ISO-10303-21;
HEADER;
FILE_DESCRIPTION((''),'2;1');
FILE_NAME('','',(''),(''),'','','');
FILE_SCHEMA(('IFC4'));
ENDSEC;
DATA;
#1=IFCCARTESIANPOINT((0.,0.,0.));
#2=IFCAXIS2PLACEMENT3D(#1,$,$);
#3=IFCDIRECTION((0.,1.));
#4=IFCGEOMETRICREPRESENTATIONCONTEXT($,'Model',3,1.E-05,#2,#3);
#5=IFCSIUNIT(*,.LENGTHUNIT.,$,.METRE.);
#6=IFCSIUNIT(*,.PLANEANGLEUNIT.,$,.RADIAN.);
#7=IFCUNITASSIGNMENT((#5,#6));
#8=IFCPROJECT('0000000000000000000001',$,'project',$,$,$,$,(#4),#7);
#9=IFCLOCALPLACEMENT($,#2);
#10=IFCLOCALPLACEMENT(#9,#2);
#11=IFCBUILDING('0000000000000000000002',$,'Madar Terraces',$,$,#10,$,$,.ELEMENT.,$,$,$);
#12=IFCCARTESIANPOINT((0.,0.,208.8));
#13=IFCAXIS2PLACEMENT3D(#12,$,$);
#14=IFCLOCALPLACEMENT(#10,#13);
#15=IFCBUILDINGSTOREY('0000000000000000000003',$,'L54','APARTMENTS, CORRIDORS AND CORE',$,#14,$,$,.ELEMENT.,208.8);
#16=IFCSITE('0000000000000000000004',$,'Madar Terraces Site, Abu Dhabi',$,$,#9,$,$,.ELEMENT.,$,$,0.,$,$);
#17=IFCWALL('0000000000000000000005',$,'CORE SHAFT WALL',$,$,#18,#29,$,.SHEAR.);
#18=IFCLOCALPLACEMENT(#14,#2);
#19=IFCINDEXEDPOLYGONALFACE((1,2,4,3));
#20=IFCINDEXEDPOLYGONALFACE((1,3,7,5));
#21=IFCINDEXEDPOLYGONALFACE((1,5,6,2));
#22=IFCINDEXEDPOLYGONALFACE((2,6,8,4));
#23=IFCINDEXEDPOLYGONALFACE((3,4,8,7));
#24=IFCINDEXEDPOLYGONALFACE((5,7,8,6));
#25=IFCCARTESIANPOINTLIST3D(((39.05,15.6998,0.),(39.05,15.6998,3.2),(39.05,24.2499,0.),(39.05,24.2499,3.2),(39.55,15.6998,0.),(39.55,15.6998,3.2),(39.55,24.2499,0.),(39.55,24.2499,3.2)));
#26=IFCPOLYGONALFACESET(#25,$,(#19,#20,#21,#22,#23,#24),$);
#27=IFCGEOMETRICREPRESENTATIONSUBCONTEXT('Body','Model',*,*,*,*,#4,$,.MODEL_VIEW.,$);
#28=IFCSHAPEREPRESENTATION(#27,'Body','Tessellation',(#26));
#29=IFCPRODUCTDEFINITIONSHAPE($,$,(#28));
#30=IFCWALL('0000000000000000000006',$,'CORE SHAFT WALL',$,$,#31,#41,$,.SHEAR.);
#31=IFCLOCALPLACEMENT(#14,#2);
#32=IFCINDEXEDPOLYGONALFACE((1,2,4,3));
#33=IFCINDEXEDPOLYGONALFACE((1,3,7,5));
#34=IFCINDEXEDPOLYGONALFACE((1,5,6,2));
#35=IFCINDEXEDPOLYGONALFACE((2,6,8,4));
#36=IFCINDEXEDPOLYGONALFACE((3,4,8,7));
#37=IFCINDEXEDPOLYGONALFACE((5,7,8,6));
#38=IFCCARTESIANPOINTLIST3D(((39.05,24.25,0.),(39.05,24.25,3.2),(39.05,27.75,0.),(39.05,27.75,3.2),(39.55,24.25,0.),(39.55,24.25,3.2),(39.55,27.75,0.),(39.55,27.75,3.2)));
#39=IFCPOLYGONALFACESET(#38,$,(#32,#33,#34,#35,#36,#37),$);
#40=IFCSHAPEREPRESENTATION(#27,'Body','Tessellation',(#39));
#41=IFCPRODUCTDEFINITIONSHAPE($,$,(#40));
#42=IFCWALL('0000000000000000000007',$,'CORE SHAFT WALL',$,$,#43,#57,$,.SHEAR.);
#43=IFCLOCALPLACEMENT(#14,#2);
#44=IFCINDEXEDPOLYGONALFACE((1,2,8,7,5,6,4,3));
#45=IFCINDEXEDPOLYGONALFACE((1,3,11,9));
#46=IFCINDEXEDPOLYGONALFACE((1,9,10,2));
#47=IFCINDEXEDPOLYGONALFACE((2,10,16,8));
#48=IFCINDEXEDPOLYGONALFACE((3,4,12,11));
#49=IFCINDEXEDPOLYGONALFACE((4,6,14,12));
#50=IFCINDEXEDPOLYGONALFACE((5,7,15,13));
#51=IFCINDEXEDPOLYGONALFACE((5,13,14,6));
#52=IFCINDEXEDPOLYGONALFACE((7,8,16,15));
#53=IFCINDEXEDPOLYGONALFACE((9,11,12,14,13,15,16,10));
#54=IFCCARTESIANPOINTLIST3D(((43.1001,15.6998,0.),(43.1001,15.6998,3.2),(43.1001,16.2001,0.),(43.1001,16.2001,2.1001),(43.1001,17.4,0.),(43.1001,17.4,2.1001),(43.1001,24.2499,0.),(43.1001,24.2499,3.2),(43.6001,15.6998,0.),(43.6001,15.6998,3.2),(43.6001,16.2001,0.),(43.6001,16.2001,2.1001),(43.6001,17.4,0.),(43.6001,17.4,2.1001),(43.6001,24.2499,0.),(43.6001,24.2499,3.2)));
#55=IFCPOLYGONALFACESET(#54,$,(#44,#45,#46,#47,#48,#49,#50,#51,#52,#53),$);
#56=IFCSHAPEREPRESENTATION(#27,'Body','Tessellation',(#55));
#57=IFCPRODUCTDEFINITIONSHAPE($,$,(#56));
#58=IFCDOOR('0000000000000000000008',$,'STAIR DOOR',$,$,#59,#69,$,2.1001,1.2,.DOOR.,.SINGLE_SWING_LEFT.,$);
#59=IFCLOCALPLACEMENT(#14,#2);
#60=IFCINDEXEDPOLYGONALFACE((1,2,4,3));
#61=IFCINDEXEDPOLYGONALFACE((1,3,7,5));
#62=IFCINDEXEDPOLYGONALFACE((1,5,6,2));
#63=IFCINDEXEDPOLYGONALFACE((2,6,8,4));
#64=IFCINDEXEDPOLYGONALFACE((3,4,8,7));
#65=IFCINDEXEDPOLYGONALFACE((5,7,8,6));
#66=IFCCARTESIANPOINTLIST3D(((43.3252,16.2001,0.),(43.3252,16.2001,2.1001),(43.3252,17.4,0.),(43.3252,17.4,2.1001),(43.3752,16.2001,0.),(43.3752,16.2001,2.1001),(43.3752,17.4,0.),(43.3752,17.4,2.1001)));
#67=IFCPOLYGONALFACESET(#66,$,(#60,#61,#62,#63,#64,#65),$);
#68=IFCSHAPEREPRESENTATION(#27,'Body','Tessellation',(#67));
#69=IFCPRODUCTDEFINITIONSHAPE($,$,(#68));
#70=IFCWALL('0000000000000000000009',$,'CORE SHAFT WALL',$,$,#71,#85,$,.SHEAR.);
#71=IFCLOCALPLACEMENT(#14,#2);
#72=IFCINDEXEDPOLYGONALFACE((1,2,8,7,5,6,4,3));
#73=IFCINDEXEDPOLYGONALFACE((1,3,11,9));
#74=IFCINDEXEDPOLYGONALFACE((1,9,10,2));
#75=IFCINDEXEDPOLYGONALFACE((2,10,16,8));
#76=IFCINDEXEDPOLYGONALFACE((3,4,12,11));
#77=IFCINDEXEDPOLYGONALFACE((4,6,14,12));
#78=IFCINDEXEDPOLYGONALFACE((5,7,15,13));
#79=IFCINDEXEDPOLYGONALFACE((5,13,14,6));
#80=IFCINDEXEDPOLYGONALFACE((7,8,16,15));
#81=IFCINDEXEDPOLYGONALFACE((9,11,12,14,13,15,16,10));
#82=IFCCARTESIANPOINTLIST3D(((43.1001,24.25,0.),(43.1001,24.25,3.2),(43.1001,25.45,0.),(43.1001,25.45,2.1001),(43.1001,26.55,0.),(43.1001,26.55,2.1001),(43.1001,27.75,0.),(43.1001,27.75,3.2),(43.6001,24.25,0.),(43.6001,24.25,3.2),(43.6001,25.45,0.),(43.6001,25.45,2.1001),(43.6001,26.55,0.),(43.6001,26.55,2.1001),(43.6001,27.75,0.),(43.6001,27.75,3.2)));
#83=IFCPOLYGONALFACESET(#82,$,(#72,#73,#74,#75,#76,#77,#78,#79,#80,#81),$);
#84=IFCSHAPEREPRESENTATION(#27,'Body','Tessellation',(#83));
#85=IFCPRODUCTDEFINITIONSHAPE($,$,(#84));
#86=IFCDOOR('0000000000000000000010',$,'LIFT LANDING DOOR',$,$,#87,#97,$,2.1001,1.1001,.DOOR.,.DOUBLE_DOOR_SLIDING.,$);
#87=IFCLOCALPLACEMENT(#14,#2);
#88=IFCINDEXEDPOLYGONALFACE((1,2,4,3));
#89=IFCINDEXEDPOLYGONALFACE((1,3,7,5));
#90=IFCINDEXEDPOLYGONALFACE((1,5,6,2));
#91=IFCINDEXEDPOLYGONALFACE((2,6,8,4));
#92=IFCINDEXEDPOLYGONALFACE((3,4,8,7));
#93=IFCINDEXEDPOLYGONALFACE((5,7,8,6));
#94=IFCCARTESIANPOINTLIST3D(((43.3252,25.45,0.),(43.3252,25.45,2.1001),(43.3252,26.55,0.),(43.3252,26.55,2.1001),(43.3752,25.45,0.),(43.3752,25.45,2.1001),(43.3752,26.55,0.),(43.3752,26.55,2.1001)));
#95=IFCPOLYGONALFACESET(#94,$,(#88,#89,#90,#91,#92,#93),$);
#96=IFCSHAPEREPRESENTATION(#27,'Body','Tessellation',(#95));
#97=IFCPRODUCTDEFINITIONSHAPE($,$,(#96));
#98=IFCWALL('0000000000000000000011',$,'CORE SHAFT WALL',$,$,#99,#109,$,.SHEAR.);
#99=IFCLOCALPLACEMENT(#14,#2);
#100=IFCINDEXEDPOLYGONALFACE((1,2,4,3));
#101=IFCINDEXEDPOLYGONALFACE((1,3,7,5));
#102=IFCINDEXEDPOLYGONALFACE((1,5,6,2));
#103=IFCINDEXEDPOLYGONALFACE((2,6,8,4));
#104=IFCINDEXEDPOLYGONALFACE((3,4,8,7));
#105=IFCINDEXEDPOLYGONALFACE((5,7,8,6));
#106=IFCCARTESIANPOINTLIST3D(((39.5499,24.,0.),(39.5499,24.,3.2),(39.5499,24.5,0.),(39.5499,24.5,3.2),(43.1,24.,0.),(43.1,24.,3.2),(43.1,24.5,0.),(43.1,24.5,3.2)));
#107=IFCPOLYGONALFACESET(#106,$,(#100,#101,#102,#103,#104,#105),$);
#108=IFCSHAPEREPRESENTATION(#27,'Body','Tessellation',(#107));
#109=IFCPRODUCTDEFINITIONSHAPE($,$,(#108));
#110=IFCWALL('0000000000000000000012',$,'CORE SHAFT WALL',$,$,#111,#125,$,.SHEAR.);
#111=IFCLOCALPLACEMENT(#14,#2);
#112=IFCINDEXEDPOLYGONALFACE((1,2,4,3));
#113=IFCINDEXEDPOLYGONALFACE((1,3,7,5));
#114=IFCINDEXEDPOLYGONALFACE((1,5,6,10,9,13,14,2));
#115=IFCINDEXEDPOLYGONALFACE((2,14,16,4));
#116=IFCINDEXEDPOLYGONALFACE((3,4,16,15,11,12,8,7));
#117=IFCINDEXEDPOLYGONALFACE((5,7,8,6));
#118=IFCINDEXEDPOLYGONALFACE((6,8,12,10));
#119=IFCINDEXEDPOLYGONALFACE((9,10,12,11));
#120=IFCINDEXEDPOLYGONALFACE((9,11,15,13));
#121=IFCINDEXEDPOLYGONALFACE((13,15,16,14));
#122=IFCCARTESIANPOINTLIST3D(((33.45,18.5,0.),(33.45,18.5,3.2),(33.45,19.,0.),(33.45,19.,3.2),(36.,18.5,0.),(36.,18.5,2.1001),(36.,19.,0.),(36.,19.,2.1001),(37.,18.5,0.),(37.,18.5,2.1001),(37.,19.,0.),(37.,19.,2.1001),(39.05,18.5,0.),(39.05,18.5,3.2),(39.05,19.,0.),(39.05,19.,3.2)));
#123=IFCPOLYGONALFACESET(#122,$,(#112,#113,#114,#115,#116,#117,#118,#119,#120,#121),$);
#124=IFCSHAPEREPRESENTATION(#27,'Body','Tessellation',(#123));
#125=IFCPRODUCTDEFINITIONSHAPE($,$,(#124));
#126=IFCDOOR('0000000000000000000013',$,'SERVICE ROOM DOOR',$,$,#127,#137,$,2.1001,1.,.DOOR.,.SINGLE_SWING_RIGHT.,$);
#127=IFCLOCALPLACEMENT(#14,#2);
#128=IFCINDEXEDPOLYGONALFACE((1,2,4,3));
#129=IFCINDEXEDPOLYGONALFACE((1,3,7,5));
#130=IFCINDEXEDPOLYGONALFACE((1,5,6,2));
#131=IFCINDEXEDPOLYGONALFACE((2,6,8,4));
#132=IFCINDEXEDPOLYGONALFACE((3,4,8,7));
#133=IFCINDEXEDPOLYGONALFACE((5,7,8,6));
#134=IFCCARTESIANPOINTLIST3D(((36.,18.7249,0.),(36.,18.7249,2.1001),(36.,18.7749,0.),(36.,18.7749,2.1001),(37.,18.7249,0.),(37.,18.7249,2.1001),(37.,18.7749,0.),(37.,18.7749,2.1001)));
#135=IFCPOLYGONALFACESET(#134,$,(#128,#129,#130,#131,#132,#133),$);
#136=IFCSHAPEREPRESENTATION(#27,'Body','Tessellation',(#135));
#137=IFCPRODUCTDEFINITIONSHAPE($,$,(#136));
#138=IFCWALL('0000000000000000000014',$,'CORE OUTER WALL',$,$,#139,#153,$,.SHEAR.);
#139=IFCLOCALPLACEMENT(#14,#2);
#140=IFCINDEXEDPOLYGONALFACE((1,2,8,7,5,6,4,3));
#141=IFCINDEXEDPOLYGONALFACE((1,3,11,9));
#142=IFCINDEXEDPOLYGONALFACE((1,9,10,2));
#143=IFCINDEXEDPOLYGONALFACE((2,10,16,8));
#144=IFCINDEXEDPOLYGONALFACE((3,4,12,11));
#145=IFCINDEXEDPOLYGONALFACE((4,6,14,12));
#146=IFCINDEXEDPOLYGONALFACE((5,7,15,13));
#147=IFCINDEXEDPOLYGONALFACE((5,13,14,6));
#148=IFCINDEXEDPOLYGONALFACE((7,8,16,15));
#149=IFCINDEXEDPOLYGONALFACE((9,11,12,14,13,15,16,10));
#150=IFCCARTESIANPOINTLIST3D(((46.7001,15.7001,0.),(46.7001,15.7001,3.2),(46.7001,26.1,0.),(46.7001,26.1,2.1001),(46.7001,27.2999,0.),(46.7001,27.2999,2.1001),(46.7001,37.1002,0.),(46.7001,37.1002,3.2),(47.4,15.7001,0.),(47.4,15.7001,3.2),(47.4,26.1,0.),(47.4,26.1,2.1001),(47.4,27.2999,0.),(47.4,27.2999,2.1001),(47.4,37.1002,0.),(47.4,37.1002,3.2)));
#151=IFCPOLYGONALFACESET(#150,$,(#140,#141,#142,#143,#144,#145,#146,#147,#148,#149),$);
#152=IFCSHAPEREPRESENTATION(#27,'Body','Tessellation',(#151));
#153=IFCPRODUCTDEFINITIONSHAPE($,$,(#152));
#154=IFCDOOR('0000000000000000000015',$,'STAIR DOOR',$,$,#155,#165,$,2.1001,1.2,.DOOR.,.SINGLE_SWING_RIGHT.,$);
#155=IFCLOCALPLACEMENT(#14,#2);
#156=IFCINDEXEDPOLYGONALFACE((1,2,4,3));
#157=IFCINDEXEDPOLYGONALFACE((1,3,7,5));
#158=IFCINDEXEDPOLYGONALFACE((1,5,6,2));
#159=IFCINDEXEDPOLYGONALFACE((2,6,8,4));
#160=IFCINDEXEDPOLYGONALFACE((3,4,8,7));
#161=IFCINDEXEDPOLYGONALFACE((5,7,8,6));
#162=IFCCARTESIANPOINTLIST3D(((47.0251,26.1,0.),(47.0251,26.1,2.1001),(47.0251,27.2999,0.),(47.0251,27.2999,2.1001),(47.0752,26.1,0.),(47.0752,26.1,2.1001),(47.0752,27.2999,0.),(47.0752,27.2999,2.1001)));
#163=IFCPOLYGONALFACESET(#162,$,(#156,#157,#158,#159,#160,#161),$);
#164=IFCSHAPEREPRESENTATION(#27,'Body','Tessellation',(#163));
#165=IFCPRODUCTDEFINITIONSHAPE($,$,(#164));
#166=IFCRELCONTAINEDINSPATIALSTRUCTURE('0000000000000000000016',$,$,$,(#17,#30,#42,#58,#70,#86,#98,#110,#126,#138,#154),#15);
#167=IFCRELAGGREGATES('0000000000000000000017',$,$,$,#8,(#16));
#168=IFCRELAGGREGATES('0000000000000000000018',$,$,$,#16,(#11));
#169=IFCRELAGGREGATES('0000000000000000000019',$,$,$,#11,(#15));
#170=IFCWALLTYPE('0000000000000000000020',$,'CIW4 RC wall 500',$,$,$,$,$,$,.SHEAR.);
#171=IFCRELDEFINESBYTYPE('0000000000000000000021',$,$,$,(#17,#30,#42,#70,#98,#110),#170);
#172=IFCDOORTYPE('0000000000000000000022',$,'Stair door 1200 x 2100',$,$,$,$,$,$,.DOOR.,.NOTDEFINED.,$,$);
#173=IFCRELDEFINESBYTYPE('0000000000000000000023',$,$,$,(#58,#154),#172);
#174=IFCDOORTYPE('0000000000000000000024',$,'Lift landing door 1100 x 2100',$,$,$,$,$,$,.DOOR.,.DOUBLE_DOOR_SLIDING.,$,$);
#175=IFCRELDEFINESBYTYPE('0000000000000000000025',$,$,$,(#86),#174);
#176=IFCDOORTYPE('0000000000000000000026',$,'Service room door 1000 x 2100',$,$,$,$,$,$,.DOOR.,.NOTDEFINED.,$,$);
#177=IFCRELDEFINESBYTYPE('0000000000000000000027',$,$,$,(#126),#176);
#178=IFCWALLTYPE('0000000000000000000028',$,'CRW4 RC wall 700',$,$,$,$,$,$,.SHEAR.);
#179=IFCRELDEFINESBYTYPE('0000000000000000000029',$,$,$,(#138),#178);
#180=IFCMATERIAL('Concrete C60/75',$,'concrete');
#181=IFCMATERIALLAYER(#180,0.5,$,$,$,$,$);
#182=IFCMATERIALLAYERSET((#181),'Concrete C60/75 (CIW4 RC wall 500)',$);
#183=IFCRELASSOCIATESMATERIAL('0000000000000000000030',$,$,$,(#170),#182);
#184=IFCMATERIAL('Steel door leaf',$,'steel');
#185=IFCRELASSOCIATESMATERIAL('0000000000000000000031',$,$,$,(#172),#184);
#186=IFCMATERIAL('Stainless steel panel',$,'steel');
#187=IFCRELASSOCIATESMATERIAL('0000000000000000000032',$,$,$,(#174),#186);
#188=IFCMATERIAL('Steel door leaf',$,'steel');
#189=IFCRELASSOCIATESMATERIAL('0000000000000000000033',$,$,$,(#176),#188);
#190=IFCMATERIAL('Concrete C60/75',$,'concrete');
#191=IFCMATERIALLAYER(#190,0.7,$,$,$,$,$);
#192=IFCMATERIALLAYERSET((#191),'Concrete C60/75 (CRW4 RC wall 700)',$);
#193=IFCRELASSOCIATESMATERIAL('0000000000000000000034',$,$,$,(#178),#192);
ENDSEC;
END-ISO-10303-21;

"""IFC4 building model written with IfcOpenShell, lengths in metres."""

from ifc_helpers import new_model, si_unit, direction, frame, frame_2d, origin, place, context, subcontext, project, spatial, rectangle, extrude, material, layer, layer_set, type_object, element, fill, save


model = new_model("IFC4")

# Units and contexts
model_context = context("Model", 3, precision=1e-05, world=origin(), true_north=direction((0.0, 1.0)))
body_context = subcontext(model_context, "Body", "Model", "MODEL_VIEW")
ifc_project = project(units=[si_unit("LENGTHUNIT", "METRE"), si_unit("PLANEANGLEUNIT", "RADIAN")], contexts=[model_context])

# Site, building, storey
site_placement = place(None, origin())
site = spatial("IfcSite", under=ifc_project, at=site_placement, Name="Madar Terraces Site, Abu Dhabi", CompositionType="ELEMENT", RefElevation=0.0)
building_placement = place(site_placement, origin())
building = spatial("IfcBuilding", under=site, at=building_placement, Name="Madar Terraces", CompositionType="ELEMENT")
storey_placement = place(building_placement, frame((0.0, 0.0, 208.8)))
storey = spatial("IfcBuildingStorey", under=building, at=storey_placement, Name="L54", Description="APARTMENTS, CORRIDORS AND CORE", CompositionType="ELEMENT", Elevation=208.8)

# Walls
ifc_material_1 = material(Name="Concrete C60/75", Category="concrete")
ifc_layer_1 = layer(ifc_material_1, 0.5)
ifc_layer_set_1 = layer_set([ifc_layer_1], Name="Concrete C60/75 (CIW4 RC wall 500)")
wall_type_1 = type_object("IfcWallType", Name="CIW4 RC wall 500", PredefinedType="SHEAR", material=ifc_layer_set_1)
wall_1_placement = place(storey_placement, frame((39.3, 15.7, 0.0), z_axis=(0.0, 0.0, 1.0), x_axis=(0.0, 1.0, 0.0)))
element("IfcWall", 1, at=wall_1_placement, inside=storey, type_object=wall_type_1, Name="CORE SHAFT WALL", PredefinedType="SHEAR", context=body_context, shape_type="SweptSolid", body=[
    extrude(rectangle(XDim=8.55, YDim=0.5, at=frame_2d((4.2749, 0.0))), origin(), (0.0, 0.0, 1.0), 3.2),
])
wall_2_placement = place(storey_placement, frame((39.3, 24.25, 0.0), z_axis=(0.0, 0.0, 1.0), x_axis=(0.0, 1.0, 0.0)))
element("IfcWall", 2, at=wall_2_placement, inside=storey, type_object=wall_type_1, Name="CORE SHAFT WALL", PredefinedType="SHEAR", context=body_context, shape_type="SweptSolid", body=[
    extrude(rectangle(XDim=3.5, YDim=0.5, at=frame_2d((1.75, 0.0))), origin(), (0.0, 0.0, 1.0), 3.2),
])

# Walls, openings, doors
wall_3_placement = place(storey_placement, frame((43.3501, 15.7, 0.0), z_axis=(0.0, 0.0, 1.0), x_axis=(0.0, 1.0, 0.0)))
wall_3 = element("IfcWall", 3, at=wall_3_placement, inside=storey, type_object=wall_type_1, Name="CORE SHAFT WALL", PredefinedType="SHEAR", context=body_context, shape_type="SweptSolid", body=[
    extrude(rectangle(XDim=8.55, YDim=0.5, at=frame_2d((4.2749, 0.0))), origin(), (0.0, 0.0, 1.0), 3.2),
])
opening_1_placement = place(wall_3_placement, frame((0.5, 0.0, 0.0)))
opening_1 = element("IfcOpeningElement", 4, at=opening_1_placement, cuts=wall_3, PredefinedType="OPENING", context=body_context, shape_type="SweptSolid", body=[
    extrude(rectangle(XDim=1.2, YDim=2.1001, at=frame_2d((0.6001, 1.05))), frame((0.0, 0.26, 0.0), z_axis=(0.0, -1.0, 0.0), x_axis=(1.0, 0.0, 0.0)), (0.0, 0.0, 1.0), 0.52),
])
ifc_material_2 = material(Name="Steel door leaf", Category="steel")
door_type_1 = type_object("IfcDoorType", Name="Stair door 1200 x 2100", OperationType="NOTDEFINED", PredefinedType="DOOR", material=ifc_material_2)
door_1_placement = place(opening_1_placement, origin())
door_1 = element("IfcDoor", 5, at=door_1_placement, inside=storey, type_object=door_type_1, Name="STAIR DOOR", OperationType="SINGLE_SWING_LEFT", OverallHeight=2.1001, OverallWidth=1.2, PredefinedType="DOOR", context=body_context, shape_type="SweptSolid", body=[
    extrude(rectangle(XDim=1.2, YDim=2.1001, at=frame_2d((0.6001, 1.05))), frame((0.0, 0.0249, 0.0), z_axis=(0.0, -1.0, 0.0), x_axis=(1.0, 0.0, 0.0)), (0.0, 0.0, 1.0), 0.05),
])
fill(opening_1, door_1)
wall_4_placement = place(storey_placement, frame((43.3501, 24.25, 0.0), z_axis=(0.0, 0.0, 1.0), x_axis=(0.0, 1.0, 0.0)))
wall_4 = element("IfcWall", 6, at=wall_4_placement, inside=storey, type_object=wall_type_1, Name="CORE SHAFT WALL", PredefinedType="SHEAR", context=body_context, shape_type="SweptSolid", body=[
    extrude(rectangle(XDim=3.5, YDim=0.5, at=frame_2d((1.75, 0.0))), origin(), (0.0, 0.0, 1.0), 3.2),
])
opening_2_placement = place(wall_4_placement, frame((1.2, 0.0, 0.0)))
opening_2 = element("IfcOpeningElement", 7, at=opening_2_placement, cuts=wall_4, PredefinedType="OPENING", context=body_context, shape_type="SweptSolid", body=[
    extrude(rectangle(XDim=1.1001, YDim=2.1001, at=frame_2d((0.55, 1.05))), frame((0.0, 0.26, 0.0), z_axis=(0.0, -1.0, 0.0), x_axis=(1.0, 0.0, 0.0)), (0.0, 0.0, 1.0), 0.52),
])
ifc_material_3 = material(Name="Stainless steel panel", Category="steel")
door_type_2 = type_object("IfcDoorType", Name="Lift landing door 1100 x 2100", OperationType="DOUBLE_DOOR_SLIDING", PredefinedType="DOOR", material=ifc_material_3)
door_2_placement = place(opening_2_placement, origin())
door_2 = element("IfcDoor", 8, at=door_2_placement, inside=storey, type_object=door_type_2, Name="LIFT LANDING DOOR", OperationType="DOUBLE_DOOR_SLIDING", OverallHeight=2.1001, OverallWidth=1.1001, PredefinedType="DOOR", context=body_context, shape_type="SweptSolid", body=[
    extrude(rectangle(XDim=1.1001, YDim=2.1001, at=frame_2d((0.55, 1.05))), frame((0.0, 0.0249, 0.0), z_axis=(0.0, -1.0, 0.0), x_axis=(1.0, 0.0, 0.0)), (0.0, 0.0, 1.0), 0.05),
])
fill(opening_2, door_2)

# Wall
wall_5_placement = place(storey_placement, frame((39.55, 24.25, 0.0), z_axis=(0.0, 0.0, 1.0), x_axis=(1.0, 0.0, 0.0)))
element("IfcWall", 9, at=wall_5_placement, inside=storey, type_object=wall_type_1, Name="CORE SHAFT WALL", PredefinedType="SHEAR", context=body_context, shape_type="SweptSolid", body=[
    extrude(rectangle(XDim=3.55, YDim=0.5, at=frame_2d((1.7749, 0.0))), origin(), (0.0, 0.0, 1.0), 3.2),
])

# Walls, openings, doors
wall_6_placement = place(storey_placement, frame((33.45, 18.75, 0.0), z_axis=(0.0, 0.0, 1.0), x_axis=(1.0, 0.0, 0.0)))
wall_6 = element("IfcWall", 10, at=wall_6_placement, inside=storey, type_object=wall_type_1, Name="CORE SHAFT WALL", PredefinedType="SHEAR", context=body_context, shape_type="SweptSolid", body=[
    extrude(rectangle(XDim=5.6001, YDim=0.5, at=frame_2d((2.8, 0.0))), origin(), (0.0, 0.0, 1.0), 3.2),
])
opening_3_placement = place(wall_6_placement, frame((2.55, 0.0, 0.0)))
opening_3 = element("IfcOpeningElement", 11, at=opening_3_placement, cuts=wall_6, PredefinedType="OPENING", context=body_context, shape_type="SweptSolid", body=[
    extrude(rectangle(XDim=1.0, YDim=2.1001, at=frame_2d((0.5, 1.05))), frame((0.0, 0.26, 0.0), z_axis=(0.0, -1.0, 0.0), x_axis=(1.0, 0.0, 0.0)), (0.0, 0.0, 1.0), 0.52),
])
ifc_material_4 = material(Name="Steel door leaf", Category="steel")
door_type_3 = type_object("IfcDoorType", Name="Service room door 1000 x 2100", OperationType="NOTDEFINED", PredefinedType="DOOR", material=ifc_material_4)
door_3_placement = place(opening_3_placement, origin())
door_3 = element("IfcDoor", 12, at=door_3_placement, inside=storey, type_object=door_type_3, Name="SERVICE ROOM DOOR", OperationType="SINGLE_SWING_RIGHT", OverallHeight=2.1001, OverallWidth=1.0, PredefinedType="DOOR", context=body_context, shape_type="SweptSolid", body=[
    extrude(rectangle(XDim=1.0, YDim=2.1001, at=frame_2d((0.5, 1.05))), frame((0.0, 0.0249, 0.0), z_axis=(0.0, -1.0, 0.0), x_axis=(1.0, 0.0, 0.0)), (0.0, 0.0, 1.0), 0.05),
])
fill(opening_3, door_3)
ifc_material_5 = material(Name="Concrete C60/75", Category="concrete")
ifc_layer_2 = layer(ifc_material_5, 0.7)
ifc_layer_set_2 = layer_set([ifc_layer_2], Name="Concrete C60/75 (CRW4 RC wall 700)")
wall_type_2 = type_object("IfcWallType", Name="CRW4 RC wall 700", PredefinedType="SHEAR", material=ifc_layer_set_2)
wall_7_placement = place(storey_placement, frame((47.05, 15.7, 0.0), z_axis=(0.0, 0.0, 1.0), x_axis=(0.0, 1.0, 0.0)))
wall_7 = element("IfcWall", 13, at=wall_7_placement, inside=storey, type_object=wall_type_2, Name="CORE OUTER WALL", PredefinedType="SHEAR", context=body_context, shape_type="SweptSolid", body=[
    extrude(rectangle(XDim=21.4001, YDim=0.7, at=frame_2d((10.7002, 0.0))), origin(), (0.0, 0.0, 1.0), 3.2),
])
opening_4_placement = place(wall_7_placement, frame((10.3999, 0.0, 0.0)))
opening_4 = element("IfcOpeningElement", 14, at=opening_4_placement, cuts=wall_7, PredefinedType="OPENING", context=body_context, shape_type="SweptSolid", body=[
    extrude(rectangle(XDim=1.2, YDim=2.1001, at=frame_2d((0.6001, 1.05))), frame((0.0, 0.3599, 0.0), z_axis=(0.0, -1.0, 0.0), x_axis=(1.0, 0.0, 0.0)), (0.0, 0.0, 1.0), 0.72),
])
door_4_placement = place(opening_4_placement, origin())
door_4 = element("IfcDoor", 15, at=door_4_placement, inside=storey, type_object=door_type_1, Name="STAIR DOOR", OperationType="SINGLE_SWING_RIGHT", OverallHeight=2.1001, OverallWidth=1.2, PredefinedType="DOOR", context=body_context, shape_type="SweptSolid", body=[
    extrude(rectangle(XDim=1.2, YDim=2.1001, at=frame_2d((0.6001, 1.05))), frame((0.0, 0.0249, 0.0), z_axis=(0.0, -1.0, 0.0), x_axis=(1.0, 0.0, 0.0)), (0.0, 0.0, 1.0), 0.05),
])
fill(opening_4, door_4)

save(model, "model.ifc")
